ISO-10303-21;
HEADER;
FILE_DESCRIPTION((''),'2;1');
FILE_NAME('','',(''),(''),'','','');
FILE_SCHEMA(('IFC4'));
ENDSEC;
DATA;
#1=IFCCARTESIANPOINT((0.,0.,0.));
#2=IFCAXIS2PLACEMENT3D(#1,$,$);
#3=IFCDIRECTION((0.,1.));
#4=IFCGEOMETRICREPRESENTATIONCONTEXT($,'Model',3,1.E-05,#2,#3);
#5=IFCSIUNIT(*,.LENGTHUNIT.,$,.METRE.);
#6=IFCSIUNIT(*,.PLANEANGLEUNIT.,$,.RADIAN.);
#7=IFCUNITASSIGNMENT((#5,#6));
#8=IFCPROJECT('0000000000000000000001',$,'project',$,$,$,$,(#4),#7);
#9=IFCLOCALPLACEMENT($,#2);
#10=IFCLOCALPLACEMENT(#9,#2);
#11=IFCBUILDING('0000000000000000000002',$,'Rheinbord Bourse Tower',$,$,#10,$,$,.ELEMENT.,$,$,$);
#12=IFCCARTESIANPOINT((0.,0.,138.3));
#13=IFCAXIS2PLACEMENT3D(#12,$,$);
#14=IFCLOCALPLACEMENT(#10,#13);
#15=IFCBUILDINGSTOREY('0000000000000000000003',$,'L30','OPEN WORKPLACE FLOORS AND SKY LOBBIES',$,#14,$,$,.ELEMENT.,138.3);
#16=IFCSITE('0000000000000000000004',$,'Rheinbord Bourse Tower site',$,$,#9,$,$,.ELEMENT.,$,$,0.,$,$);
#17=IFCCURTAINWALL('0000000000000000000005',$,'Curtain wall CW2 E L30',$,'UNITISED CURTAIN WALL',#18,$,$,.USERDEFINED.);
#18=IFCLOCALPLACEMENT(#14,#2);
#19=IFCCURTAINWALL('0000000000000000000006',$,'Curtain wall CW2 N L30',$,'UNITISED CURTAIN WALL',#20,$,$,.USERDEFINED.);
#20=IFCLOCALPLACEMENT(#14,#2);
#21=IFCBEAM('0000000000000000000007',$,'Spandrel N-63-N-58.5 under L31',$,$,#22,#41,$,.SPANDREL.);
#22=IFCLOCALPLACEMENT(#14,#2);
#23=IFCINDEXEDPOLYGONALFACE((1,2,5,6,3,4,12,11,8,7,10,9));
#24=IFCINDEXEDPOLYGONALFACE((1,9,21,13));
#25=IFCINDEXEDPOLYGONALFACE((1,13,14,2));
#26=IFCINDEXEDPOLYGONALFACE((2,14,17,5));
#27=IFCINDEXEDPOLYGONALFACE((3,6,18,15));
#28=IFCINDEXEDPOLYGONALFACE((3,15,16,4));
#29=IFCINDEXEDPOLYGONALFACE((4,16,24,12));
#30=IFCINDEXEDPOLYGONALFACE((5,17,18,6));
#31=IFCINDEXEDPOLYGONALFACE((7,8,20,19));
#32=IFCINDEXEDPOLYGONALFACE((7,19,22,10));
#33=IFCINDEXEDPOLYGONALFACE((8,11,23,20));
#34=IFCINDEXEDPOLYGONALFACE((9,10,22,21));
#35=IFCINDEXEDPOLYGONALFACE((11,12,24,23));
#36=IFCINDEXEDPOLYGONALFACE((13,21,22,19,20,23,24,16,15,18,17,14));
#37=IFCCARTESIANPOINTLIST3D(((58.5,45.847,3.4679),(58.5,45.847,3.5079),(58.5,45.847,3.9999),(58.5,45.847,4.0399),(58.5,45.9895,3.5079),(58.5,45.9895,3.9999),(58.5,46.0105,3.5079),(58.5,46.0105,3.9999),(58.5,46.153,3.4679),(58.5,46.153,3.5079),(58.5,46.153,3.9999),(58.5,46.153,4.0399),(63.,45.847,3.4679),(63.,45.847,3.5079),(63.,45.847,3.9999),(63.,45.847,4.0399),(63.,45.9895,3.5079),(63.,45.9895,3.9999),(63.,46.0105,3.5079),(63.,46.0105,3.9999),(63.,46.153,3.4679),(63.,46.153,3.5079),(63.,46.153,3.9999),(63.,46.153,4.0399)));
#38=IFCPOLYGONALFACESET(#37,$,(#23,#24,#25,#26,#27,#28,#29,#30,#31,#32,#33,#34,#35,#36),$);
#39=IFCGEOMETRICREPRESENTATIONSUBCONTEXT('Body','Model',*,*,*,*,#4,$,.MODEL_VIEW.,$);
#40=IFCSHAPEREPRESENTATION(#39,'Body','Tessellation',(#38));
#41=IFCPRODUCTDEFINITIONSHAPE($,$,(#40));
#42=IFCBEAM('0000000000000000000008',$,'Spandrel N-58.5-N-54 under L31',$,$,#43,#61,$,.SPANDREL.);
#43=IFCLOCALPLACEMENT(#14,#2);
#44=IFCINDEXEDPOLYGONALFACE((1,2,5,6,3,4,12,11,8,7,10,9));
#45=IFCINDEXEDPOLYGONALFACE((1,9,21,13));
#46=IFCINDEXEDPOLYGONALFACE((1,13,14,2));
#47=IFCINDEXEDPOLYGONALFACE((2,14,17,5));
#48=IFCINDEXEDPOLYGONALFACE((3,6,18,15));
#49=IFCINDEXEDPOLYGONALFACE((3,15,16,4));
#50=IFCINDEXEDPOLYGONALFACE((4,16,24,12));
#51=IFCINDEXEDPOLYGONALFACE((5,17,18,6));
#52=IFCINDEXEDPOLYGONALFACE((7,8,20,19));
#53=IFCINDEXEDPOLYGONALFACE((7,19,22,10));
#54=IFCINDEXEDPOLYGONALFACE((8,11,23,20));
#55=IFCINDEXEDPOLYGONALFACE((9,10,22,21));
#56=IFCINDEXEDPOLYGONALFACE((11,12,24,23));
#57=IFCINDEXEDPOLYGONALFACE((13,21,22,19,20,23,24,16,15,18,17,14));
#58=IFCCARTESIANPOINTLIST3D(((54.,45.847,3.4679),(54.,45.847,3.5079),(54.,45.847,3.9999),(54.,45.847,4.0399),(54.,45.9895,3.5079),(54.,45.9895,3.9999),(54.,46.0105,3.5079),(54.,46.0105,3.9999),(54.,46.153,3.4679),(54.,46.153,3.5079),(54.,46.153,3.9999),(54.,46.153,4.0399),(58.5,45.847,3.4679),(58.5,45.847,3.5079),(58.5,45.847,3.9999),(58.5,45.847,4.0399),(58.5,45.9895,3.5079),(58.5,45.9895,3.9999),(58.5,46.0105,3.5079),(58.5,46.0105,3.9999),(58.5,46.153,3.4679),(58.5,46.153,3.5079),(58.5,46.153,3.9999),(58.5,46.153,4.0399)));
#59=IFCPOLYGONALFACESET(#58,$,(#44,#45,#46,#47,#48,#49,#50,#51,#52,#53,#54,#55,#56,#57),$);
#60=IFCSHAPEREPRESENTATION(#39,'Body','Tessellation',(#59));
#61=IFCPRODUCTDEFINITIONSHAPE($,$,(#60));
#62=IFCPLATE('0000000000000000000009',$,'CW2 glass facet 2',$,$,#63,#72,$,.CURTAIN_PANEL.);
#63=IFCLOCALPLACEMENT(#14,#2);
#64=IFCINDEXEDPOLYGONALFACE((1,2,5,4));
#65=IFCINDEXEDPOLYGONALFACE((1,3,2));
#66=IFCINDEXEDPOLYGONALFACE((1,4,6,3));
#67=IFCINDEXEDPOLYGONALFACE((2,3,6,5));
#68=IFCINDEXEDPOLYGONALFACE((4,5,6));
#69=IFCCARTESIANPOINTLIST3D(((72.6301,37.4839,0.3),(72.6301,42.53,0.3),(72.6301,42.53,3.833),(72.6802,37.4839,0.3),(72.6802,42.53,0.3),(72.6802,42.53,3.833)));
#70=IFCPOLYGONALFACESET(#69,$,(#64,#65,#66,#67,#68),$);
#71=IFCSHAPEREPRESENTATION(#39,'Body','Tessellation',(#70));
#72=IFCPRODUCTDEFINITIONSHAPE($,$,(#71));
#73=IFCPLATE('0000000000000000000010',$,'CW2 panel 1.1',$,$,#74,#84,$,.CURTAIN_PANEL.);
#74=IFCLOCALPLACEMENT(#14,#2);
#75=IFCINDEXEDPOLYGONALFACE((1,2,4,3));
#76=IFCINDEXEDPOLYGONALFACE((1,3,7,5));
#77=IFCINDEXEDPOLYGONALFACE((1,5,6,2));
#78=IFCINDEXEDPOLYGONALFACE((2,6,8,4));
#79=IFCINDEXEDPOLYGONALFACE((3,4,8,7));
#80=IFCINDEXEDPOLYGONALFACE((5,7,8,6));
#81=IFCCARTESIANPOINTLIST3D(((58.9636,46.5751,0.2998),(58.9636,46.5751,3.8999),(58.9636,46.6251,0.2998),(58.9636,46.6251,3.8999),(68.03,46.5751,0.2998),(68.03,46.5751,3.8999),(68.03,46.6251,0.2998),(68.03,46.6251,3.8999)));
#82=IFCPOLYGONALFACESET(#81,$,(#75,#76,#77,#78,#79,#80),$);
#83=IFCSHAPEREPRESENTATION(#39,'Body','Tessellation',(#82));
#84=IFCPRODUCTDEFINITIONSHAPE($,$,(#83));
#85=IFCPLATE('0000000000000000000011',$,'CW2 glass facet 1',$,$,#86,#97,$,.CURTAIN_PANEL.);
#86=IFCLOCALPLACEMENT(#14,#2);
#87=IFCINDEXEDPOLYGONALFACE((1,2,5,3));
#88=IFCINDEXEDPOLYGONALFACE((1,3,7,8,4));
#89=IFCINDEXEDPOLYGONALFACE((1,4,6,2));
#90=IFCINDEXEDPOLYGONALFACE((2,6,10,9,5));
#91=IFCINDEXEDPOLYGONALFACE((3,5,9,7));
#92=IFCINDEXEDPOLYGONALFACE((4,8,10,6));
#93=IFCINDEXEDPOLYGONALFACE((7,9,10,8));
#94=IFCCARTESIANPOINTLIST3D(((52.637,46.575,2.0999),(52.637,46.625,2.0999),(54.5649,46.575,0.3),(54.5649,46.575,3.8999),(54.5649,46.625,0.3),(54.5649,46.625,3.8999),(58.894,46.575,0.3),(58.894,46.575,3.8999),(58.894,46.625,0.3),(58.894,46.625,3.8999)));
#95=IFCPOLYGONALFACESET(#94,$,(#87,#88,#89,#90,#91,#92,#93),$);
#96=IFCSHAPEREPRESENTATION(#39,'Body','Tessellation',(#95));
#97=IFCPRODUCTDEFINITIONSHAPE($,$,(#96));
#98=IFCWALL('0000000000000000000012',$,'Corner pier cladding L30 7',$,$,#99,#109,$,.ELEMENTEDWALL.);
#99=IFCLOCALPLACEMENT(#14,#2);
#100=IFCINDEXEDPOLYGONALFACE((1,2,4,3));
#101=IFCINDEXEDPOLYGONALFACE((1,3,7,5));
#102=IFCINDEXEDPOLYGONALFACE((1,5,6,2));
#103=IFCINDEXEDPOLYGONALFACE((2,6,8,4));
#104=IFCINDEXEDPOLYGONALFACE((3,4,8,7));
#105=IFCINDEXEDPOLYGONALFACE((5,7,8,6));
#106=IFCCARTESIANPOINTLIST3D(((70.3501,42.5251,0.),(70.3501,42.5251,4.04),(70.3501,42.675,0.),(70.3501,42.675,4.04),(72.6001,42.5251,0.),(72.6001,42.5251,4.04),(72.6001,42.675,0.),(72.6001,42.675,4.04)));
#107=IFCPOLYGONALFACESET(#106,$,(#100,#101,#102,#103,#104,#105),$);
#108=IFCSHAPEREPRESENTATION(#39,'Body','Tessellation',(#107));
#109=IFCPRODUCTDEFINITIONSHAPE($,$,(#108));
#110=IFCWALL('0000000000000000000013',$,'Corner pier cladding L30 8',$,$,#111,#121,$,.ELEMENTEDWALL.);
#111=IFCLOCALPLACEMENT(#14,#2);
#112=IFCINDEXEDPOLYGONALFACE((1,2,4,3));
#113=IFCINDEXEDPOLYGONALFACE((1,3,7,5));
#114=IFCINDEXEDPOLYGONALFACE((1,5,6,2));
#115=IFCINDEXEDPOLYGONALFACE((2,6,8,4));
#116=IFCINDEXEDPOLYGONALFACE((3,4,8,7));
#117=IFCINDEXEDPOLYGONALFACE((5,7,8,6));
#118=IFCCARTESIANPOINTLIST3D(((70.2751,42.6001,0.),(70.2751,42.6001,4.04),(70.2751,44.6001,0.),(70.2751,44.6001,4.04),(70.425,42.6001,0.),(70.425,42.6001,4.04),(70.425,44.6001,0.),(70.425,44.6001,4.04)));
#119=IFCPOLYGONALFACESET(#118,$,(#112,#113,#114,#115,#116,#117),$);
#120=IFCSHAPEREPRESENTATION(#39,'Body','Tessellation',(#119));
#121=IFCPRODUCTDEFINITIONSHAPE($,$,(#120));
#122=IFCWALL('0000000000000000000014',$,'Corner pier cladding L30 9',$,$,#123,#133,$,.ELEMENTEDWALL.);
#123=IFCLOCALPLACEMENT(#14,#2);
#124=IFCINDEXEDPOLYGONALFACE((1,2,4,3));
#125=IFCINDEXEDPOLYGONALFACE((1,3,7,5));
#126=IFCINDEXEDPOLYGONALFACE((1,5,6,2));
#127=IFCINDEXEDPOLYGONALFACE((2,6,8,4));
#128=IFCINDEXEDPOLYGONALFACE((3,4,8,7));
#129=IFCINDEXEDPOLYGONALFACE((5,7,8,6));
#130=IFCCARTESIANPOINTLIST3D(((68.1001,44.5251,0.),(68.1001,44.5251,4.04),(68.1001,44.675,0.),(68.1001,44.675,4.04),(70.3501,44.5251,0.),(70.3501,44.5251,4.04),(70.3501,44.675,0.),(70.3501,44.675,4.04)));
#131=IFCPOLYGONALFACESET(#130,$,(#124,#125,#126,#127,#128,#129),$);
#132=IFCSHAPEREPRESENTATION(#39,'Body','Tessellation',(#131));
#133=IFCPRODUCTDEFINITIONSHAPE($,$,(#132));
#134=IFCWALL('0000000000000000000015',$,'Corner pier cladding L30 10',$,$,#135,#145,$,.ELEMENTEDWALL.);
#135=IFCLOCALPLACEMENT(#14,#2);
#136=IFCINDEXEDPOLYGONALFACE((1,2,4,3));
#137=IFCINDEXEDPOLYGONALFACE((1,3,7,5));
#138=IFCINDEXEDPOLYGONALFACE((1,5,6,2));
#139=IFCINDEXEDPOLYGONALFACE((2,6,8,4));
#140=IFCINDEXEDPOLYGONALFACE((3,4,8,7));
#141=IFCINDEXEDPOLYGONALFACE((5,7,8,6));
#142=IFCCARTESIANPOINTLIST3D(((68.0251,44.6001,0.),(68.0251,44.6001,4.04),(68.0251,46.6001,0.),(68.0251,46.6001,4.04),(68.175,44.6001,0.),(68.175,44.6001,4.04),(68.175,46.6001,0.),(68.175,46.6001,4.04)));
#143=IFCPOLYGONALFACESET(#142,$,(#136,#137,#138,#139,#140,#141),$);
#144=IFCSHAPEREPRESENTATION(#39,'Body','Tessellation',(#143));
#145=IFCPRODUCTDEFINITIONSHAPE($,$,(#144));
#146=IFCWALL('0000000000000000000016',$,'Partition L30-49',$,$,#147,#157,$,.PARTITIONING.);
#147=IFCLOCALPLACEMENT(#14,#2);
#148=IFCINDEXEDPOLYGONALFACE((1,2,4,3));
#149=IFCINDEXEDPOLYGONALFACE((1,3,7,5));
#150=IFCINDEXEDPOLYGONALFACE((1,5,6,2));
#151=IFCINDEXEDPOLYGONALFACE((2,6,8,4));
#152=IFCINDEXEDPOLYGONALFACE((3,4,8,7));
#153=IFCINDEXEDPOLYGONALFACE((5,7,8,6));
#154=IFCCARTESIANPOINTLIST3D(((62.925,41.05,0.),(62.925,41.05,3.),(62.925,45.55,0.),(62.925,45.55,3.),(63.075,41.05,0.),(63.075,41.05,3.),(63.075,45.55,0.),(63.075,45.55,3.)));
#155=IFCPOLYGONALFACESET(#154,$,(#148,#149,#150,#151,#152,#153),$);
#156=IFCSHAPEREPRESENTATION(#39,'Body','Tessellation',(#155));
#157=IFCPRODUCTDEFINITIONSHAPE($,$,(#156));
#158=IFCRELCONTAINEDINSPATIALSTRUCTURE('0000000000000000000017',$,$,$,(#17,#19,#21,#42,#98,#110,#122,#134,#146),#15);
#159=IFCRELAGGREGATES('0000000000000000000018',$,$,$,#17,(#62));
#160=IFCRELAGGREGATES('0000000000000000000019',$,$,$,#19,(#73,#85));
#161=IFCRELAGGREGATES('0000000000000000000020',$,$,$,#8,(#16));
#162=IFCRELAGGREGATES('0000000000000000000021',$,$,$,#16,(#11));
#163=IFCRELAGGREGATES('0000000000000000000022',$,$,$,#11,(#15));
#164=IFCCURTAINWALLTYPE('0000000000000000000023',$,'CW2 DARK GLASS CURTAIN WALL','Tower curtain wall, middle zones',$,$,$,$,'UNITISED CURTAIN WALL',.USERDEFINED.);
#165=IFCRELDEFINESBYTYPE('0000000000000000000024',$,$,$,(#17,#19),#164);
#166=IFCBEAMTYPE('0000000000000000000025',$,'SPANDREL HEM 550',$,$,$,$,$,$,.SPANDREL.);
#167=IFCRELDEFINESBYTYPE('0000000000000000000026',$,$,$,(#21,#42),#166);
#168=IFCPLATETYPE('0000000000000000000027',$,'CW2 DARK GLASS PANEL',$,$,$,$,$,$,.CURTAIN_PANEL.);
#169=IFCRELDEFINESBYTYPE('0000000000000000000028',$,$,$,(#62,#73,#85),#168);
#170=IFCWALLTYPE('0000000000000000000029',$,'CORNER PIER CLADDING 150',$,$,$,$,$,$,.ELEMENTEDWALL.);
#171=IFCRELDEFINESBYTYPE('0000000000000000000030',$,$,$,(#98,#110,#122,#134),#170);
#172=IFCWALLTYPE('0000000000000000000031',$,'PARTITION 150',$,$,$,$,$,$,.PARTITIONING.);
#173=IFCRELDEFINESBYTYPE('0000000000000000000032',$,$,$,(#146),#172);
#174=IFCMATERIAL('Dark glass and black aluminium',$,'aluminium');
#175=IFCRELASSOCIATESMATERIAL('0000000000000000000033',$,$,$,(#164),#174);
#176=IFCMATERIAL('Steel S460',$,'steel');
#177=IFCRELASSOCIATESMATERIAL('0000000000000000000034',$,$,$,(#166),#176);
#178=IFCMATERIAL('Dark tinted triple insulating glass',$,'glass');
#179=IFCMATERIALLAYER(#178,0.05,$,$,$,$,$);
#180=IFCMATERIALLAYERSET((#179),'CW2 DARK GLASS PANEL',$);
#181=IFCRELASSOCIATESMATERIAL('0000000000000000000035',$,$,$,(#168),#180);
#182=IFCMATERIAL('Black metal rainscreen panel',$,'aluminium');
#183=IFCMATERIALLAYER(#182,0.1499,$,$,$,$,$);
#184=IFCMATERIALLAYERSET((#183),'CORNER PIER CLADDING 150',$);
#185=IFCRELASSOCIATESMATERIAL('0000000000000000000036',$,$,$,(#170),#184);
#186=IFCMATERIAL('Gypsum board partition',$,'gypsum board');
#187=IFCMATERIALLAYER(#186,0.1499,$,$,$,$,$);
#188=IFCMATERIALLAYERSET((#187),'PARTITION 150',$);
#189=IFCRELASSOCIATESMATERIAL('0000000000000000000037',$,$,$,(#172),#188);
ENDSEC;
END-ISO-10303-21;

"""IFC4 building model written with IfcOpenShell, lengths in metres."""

from ifc_helpers import new_model, si_unit, direction, frame, frame_2d, origin, origin_2d, place, context, subcontext, project, spatial, polyline, rectangle, i_section, outline, extrude, material, layer, layer_set, material_profile, profile_set, type_object, element, aggregate, save


model = new_model("IFC4")

# Units and contexts
model_context = context("Model", 3, precision=1e-05, world=origin(), true_north=direction((0.0, 1.0)))
body_context = subcontext(model_context, "Body", "Model", "MODEL_VIEW")
ifc_project = project(units=[si_unit("LENGTHUNIT", "METRE"), si_unit("PLANEANGLEUNIT", "RADIAN")], contexts=[model_context])

# Site, building, storey
site_placement = place(None, origin())
site = spatial("IfcSite", under=ifc_project, at=site_placement, Name="Rheinbord Bourse Tower site", CompositionType="ELEMENT", RefElevation=0.0)
building_placement = place(site_placement, origin())
building = spatial("IfcBuilding", under=site, at=building_placement, Name="Rheinbord Bourse Tower", CompositionType="ELEMENT")
storey_placement = place(building_placement, frame((0.0, 0.0, 138.3)))
storey = spatial("IfcBuildingStorey", under=building, at=storey_placement, Name="L30", Description="OPEN WORKPLACE FLOORS AND SKY LOBBIES", CompositionType="ELEMENT", Elevation=138.3)

# Curtain wall
ifc_material_1 = material(Name="Dark glass and black aluminium", Category="aluminium")
curtain_wall_type = type_object("IfcCurtainWallType", Name="CW2 DARK GLASS CURTAIN WALL", Description="Tower curtain wall, middle zones", ElementType="UNITISED CURTAIN WALL", PredefinedType="USERDEFINED", material=ifc_material_1)
curtain_wall_1_placement = place(storey_placement, origin())
curtain_wall_1 = element("IfcCurtainWall", 1, at=curtain_wall_1_placement, inside=storey, type_object=curtain_wall_type, Name="Curtain wall CW2 E L30", ObjectType="UNITISED CURTAIN WALL", PredefinedType="USERDEFINED")

# Curtain wall
curtain_wall_2_placement = place(storey_placement, origin())
curtain_wall_2 = element("IfcCurtainWall", 2, at=curtain_wall_2_placement, inside=storey, type_object=curtain_wall_type, Name="Curtain wall CW2 N L30", ObjectType="UNITISED CURTAIN WALL", PredefinedType="USERDEFINED")

# Beams
ifc_material_2 = material(Name="Steel S460", Category="steel")
ifc_material_profile_1 = material_profile(ifc_material_2, i_section(OverallWidth=0.3059, OverallDepth=0.572, WebThickness=0.021, FlangeThickness=0.04, at=origin_2d()), Name="HEM 550")
ifc_profile_set_1 = profile_set([ifc_material_profile_1], Name="Steel S460")
beam_type_1 = type_object("IfcBeamType", Name="SPANDREL HEM 550", PredefinedType="SPANDREL", material=ifc_profile_set_1)
for number, where, z_axis, x_axis, name in (
    (3, (63.0, 46.0, 3.7539), (-1.0, 0.0, 0.0), (0.0, -1.0, 0.0), "Spandrel N-63-N-58.5 under L31"),
    (4, (58.5, 46.0, 3.7539), (-1.0, 0.0, 0.0), (0.0, -1.0, 0.0), "Spandrel N-58.5-N-54 under L31"),
):
    element("IfcBeam", number, at=place(storey_placement, frame(where, z_axis=z_axis, x_axis=x_axis)), inside=storey, type_object=beam_type_1, Name=name, PredefinedType="SPANDREL", context=body_context, shape_type="SweptSolid", body=[
        extrude(i_section(OverallWidth=0.3059, OverallDepth=0.572, WebThickness=0.021, FlangeThickness=0.04, at=origin_2d()), origin(), (0.0, 0.0, 1.0), 4.5),
    ])

# Plates
ifc_material_3 = material(Name="Dark tinted triple insulating glass", Category="glass")
ifc_layer_1 = layer(ifc_material_3, 0.05)
ifc_layer_set_1 = layer_set([ifc_layer_1], Name="CW2 DARK GLASS PANEL")
plate_type = type_object("IfcPlateType", Name="CW2 DARK GLASS PANEL", PredefinedType="CURTAIN_PANEL", material=ifc_layer_set_1)
plate_1_placement = place(storey_placement, frame((72.6802, 42.53, 0.3), z_axis=(-1.0, 0.0, 0.0), x_axis=(0.0, -1.0, 0.0)))
plate_1 = element("IfcPlate", 5, at=plate_1_placement, type_object=plate_type, Name="CW2 glass facet 2", PredefinedType="CURTAIN_PANEL", context=body_context, shape_type="SweptSolid", body=[
    extrude(outline(polyline([(0.0, 0.0), (5.0461, 0.0), (0.0, 3.533), (0.0, 0.0)])), origin(), (0.0, 0.0, 1.0), 0.05),
])
aggregate(curtain_wall_1, [plate_1])
plate_2_placement = place(storey_placement, frame((63.4968, 46.6001, 0.2998), z_axis=(0.0, 0.0, 1.0), x_axis=(-1.0, 0.0, 0.0)))
plate_2 = element("IfcPlate", 6, at=plate_2_placement, type_object=plate_type, Name="CW2 panel 1.1", PredefinedType="CURTAIN_PANEL", context=body_context, shape_type="SweptSolid", body=[
    extrude(rectangle(XDim=9.0664, YDim=0.05, at=origin_2d()), origin(), (0.0, 0.0, 1.0), 3.6001),
])
plate_3_placement = place(storey_placement, frame((58.894, 46.625, 0.3), z_axis=(0.0, -1.0, 0.0), x_axis=(0.0, 0.0, 1.0)))
plate_3 = element("IfcPlate", 7, at=plate_3_placement, type_object=plate_type, Name="CW2 glass facet 1", PredefinedType="CURTAIN_PANEL", context=body_context, shape_type="SweptSolid", body=[
    extrude(outline(polyline([(0.0, 0.0), (3.5999, 0.0), (3.5999, 4.3291), (1.7998, 6.2571), (0.0, 4.3291), (0.0, 0.0)])), origin(), (0.0, 0.0, 1.0), 0.05),
])
aggregate(curtain_wall_2, [plate_2, plate_3])

# Walls
ifc_material_4 = material(Name="Black metal rainscreen panel", Category="aluminium")
ifc_layer_2 = layer(ifc_material_4, 0.1499)
ifc_layer_set_2 = layer_set([ifc_layer_2], Name="CORNER PIER CLADDING 150")
wall_type_1 = type_object("IfcWallType", Name="CORNER PIER CLADDING 150", PredefinedType="ELEMENTEDWALL", material=ifc_layer_set_2)
wall_1_placement = place(storey_placement, frame((72.6001, 42.6001, 0.0), z_axis=(0.0, 0.0, 1.0), x_axis=(-1.0, 0.0, 0.0)))
element("IfcWall", 8, at=wall_1_placement, inside=storey, type_object=wall_type_1, Name="Corner pier cladding L30 7", PredefinedType="ELEMENTEDWALL", context=body_context, shape_type="SweptSolid", body=[
    extrude(rectangle(XDim=2.25, YDim=0.1499, at=frame_2d((1.125, 0.0))), origin(), (0.0, 0.0, 1.0), 4.04),
])
wall_2_placement = place(storey_placement, frame((70.3501, 42.6001, 0.0), z_axis=(0.0, 0.0, 1.0), x_axis=(0.0, 1.0, 0.0)))
element("IfcWall", 9, at=wall_2_placement, inside=storey, type_object=wall_type_1, Name="Corner pier cladding L30 8", PredefinedType="ELEMENTEDWALL", context=body_context, shape_type="SweptSolid", body=[
    extrude(rectangle(XDim=2.0, YDim=0.1499, at=frame_2d((1.0, 0.0))), origin(), (0.0, 0.0, 1.0), 4.04),
])
wall_3_placement = place(storey_placement, frame((70.3501, 44.6001, 0.0), z_axis=(0.0, 0.0, 1.0), x_axis=(-1.0, 0.0, 0.0)))
element("IfcWall", 10, at=wall_3_placement, inside=storey, type_object=wall_type_1, Name="Corner pier cladding L30 9", PredefinedType="ELEMENTEDWALL", context=body_context, shape_type="SweptSolid", body=[
    extrude(rectangle(XDim=2.25, YDim=0.1499, at=frame_2d((1.125, 0.0))), origin(), (0.0, 0.0, 1.0), 4.04),
])
wall_4_placement = place(storey_placement, frame((68.1001, 44.6001, 0.0), z_axis=(0.0, 0.0, 1.0), x_axis=(0.0, 1.0, 0.0)))
element("IfcWall", 11, at=wall_4_placement, inside=storey, type_object=wall_type_1, Name="Corner pier cladding L30 10", PredefinedType="ELEMENTEDWALL", context=body_context, shape_type="SweptSolid", body=[
    extrude(rectangle(XDim=2.0, YDim=0.1499, at=frame_2d((1.0, 0.0))), origin(), (0.0, 0.0, 1.0), 4.04),
])
ifc_material_5 = material(Name="Gypsum board partition", Category="gypsum board")
ifc_layer_3 = layer(ifc_material_5, 0.1499)
ifc_layer_set_3 = layer_set([ifc_layer_3], Name="PARTITION 150")
wall_type_2 = type_object("IfcWallType", Name="PARTITION 150", PredefinedType="PARTITIONING", material=ifc_layer_set_3)
wall_5_placement = place(storey_placement, frame((63.0, 41.05, 0.0), z_axis=(0.0, 0.0, 1.0), x_axis=(0.0, 1.0, 0.0)))
element("IfcWall", 12, at=wall_5_placement, inside=storey, type_object=wall_type_2, Name="Partition L30-49", PredefinedType="PARTITIONING", context=body_context, shape_type="SweptSolid", body=[
    extrude(rectangle(XDim=4.5, YDim=0.1499, at=frame_2d((2.25, 0.0))), origin(), (0.0, 0.0, 1.0), 3.0),
])

save(model, "model.ifc")
